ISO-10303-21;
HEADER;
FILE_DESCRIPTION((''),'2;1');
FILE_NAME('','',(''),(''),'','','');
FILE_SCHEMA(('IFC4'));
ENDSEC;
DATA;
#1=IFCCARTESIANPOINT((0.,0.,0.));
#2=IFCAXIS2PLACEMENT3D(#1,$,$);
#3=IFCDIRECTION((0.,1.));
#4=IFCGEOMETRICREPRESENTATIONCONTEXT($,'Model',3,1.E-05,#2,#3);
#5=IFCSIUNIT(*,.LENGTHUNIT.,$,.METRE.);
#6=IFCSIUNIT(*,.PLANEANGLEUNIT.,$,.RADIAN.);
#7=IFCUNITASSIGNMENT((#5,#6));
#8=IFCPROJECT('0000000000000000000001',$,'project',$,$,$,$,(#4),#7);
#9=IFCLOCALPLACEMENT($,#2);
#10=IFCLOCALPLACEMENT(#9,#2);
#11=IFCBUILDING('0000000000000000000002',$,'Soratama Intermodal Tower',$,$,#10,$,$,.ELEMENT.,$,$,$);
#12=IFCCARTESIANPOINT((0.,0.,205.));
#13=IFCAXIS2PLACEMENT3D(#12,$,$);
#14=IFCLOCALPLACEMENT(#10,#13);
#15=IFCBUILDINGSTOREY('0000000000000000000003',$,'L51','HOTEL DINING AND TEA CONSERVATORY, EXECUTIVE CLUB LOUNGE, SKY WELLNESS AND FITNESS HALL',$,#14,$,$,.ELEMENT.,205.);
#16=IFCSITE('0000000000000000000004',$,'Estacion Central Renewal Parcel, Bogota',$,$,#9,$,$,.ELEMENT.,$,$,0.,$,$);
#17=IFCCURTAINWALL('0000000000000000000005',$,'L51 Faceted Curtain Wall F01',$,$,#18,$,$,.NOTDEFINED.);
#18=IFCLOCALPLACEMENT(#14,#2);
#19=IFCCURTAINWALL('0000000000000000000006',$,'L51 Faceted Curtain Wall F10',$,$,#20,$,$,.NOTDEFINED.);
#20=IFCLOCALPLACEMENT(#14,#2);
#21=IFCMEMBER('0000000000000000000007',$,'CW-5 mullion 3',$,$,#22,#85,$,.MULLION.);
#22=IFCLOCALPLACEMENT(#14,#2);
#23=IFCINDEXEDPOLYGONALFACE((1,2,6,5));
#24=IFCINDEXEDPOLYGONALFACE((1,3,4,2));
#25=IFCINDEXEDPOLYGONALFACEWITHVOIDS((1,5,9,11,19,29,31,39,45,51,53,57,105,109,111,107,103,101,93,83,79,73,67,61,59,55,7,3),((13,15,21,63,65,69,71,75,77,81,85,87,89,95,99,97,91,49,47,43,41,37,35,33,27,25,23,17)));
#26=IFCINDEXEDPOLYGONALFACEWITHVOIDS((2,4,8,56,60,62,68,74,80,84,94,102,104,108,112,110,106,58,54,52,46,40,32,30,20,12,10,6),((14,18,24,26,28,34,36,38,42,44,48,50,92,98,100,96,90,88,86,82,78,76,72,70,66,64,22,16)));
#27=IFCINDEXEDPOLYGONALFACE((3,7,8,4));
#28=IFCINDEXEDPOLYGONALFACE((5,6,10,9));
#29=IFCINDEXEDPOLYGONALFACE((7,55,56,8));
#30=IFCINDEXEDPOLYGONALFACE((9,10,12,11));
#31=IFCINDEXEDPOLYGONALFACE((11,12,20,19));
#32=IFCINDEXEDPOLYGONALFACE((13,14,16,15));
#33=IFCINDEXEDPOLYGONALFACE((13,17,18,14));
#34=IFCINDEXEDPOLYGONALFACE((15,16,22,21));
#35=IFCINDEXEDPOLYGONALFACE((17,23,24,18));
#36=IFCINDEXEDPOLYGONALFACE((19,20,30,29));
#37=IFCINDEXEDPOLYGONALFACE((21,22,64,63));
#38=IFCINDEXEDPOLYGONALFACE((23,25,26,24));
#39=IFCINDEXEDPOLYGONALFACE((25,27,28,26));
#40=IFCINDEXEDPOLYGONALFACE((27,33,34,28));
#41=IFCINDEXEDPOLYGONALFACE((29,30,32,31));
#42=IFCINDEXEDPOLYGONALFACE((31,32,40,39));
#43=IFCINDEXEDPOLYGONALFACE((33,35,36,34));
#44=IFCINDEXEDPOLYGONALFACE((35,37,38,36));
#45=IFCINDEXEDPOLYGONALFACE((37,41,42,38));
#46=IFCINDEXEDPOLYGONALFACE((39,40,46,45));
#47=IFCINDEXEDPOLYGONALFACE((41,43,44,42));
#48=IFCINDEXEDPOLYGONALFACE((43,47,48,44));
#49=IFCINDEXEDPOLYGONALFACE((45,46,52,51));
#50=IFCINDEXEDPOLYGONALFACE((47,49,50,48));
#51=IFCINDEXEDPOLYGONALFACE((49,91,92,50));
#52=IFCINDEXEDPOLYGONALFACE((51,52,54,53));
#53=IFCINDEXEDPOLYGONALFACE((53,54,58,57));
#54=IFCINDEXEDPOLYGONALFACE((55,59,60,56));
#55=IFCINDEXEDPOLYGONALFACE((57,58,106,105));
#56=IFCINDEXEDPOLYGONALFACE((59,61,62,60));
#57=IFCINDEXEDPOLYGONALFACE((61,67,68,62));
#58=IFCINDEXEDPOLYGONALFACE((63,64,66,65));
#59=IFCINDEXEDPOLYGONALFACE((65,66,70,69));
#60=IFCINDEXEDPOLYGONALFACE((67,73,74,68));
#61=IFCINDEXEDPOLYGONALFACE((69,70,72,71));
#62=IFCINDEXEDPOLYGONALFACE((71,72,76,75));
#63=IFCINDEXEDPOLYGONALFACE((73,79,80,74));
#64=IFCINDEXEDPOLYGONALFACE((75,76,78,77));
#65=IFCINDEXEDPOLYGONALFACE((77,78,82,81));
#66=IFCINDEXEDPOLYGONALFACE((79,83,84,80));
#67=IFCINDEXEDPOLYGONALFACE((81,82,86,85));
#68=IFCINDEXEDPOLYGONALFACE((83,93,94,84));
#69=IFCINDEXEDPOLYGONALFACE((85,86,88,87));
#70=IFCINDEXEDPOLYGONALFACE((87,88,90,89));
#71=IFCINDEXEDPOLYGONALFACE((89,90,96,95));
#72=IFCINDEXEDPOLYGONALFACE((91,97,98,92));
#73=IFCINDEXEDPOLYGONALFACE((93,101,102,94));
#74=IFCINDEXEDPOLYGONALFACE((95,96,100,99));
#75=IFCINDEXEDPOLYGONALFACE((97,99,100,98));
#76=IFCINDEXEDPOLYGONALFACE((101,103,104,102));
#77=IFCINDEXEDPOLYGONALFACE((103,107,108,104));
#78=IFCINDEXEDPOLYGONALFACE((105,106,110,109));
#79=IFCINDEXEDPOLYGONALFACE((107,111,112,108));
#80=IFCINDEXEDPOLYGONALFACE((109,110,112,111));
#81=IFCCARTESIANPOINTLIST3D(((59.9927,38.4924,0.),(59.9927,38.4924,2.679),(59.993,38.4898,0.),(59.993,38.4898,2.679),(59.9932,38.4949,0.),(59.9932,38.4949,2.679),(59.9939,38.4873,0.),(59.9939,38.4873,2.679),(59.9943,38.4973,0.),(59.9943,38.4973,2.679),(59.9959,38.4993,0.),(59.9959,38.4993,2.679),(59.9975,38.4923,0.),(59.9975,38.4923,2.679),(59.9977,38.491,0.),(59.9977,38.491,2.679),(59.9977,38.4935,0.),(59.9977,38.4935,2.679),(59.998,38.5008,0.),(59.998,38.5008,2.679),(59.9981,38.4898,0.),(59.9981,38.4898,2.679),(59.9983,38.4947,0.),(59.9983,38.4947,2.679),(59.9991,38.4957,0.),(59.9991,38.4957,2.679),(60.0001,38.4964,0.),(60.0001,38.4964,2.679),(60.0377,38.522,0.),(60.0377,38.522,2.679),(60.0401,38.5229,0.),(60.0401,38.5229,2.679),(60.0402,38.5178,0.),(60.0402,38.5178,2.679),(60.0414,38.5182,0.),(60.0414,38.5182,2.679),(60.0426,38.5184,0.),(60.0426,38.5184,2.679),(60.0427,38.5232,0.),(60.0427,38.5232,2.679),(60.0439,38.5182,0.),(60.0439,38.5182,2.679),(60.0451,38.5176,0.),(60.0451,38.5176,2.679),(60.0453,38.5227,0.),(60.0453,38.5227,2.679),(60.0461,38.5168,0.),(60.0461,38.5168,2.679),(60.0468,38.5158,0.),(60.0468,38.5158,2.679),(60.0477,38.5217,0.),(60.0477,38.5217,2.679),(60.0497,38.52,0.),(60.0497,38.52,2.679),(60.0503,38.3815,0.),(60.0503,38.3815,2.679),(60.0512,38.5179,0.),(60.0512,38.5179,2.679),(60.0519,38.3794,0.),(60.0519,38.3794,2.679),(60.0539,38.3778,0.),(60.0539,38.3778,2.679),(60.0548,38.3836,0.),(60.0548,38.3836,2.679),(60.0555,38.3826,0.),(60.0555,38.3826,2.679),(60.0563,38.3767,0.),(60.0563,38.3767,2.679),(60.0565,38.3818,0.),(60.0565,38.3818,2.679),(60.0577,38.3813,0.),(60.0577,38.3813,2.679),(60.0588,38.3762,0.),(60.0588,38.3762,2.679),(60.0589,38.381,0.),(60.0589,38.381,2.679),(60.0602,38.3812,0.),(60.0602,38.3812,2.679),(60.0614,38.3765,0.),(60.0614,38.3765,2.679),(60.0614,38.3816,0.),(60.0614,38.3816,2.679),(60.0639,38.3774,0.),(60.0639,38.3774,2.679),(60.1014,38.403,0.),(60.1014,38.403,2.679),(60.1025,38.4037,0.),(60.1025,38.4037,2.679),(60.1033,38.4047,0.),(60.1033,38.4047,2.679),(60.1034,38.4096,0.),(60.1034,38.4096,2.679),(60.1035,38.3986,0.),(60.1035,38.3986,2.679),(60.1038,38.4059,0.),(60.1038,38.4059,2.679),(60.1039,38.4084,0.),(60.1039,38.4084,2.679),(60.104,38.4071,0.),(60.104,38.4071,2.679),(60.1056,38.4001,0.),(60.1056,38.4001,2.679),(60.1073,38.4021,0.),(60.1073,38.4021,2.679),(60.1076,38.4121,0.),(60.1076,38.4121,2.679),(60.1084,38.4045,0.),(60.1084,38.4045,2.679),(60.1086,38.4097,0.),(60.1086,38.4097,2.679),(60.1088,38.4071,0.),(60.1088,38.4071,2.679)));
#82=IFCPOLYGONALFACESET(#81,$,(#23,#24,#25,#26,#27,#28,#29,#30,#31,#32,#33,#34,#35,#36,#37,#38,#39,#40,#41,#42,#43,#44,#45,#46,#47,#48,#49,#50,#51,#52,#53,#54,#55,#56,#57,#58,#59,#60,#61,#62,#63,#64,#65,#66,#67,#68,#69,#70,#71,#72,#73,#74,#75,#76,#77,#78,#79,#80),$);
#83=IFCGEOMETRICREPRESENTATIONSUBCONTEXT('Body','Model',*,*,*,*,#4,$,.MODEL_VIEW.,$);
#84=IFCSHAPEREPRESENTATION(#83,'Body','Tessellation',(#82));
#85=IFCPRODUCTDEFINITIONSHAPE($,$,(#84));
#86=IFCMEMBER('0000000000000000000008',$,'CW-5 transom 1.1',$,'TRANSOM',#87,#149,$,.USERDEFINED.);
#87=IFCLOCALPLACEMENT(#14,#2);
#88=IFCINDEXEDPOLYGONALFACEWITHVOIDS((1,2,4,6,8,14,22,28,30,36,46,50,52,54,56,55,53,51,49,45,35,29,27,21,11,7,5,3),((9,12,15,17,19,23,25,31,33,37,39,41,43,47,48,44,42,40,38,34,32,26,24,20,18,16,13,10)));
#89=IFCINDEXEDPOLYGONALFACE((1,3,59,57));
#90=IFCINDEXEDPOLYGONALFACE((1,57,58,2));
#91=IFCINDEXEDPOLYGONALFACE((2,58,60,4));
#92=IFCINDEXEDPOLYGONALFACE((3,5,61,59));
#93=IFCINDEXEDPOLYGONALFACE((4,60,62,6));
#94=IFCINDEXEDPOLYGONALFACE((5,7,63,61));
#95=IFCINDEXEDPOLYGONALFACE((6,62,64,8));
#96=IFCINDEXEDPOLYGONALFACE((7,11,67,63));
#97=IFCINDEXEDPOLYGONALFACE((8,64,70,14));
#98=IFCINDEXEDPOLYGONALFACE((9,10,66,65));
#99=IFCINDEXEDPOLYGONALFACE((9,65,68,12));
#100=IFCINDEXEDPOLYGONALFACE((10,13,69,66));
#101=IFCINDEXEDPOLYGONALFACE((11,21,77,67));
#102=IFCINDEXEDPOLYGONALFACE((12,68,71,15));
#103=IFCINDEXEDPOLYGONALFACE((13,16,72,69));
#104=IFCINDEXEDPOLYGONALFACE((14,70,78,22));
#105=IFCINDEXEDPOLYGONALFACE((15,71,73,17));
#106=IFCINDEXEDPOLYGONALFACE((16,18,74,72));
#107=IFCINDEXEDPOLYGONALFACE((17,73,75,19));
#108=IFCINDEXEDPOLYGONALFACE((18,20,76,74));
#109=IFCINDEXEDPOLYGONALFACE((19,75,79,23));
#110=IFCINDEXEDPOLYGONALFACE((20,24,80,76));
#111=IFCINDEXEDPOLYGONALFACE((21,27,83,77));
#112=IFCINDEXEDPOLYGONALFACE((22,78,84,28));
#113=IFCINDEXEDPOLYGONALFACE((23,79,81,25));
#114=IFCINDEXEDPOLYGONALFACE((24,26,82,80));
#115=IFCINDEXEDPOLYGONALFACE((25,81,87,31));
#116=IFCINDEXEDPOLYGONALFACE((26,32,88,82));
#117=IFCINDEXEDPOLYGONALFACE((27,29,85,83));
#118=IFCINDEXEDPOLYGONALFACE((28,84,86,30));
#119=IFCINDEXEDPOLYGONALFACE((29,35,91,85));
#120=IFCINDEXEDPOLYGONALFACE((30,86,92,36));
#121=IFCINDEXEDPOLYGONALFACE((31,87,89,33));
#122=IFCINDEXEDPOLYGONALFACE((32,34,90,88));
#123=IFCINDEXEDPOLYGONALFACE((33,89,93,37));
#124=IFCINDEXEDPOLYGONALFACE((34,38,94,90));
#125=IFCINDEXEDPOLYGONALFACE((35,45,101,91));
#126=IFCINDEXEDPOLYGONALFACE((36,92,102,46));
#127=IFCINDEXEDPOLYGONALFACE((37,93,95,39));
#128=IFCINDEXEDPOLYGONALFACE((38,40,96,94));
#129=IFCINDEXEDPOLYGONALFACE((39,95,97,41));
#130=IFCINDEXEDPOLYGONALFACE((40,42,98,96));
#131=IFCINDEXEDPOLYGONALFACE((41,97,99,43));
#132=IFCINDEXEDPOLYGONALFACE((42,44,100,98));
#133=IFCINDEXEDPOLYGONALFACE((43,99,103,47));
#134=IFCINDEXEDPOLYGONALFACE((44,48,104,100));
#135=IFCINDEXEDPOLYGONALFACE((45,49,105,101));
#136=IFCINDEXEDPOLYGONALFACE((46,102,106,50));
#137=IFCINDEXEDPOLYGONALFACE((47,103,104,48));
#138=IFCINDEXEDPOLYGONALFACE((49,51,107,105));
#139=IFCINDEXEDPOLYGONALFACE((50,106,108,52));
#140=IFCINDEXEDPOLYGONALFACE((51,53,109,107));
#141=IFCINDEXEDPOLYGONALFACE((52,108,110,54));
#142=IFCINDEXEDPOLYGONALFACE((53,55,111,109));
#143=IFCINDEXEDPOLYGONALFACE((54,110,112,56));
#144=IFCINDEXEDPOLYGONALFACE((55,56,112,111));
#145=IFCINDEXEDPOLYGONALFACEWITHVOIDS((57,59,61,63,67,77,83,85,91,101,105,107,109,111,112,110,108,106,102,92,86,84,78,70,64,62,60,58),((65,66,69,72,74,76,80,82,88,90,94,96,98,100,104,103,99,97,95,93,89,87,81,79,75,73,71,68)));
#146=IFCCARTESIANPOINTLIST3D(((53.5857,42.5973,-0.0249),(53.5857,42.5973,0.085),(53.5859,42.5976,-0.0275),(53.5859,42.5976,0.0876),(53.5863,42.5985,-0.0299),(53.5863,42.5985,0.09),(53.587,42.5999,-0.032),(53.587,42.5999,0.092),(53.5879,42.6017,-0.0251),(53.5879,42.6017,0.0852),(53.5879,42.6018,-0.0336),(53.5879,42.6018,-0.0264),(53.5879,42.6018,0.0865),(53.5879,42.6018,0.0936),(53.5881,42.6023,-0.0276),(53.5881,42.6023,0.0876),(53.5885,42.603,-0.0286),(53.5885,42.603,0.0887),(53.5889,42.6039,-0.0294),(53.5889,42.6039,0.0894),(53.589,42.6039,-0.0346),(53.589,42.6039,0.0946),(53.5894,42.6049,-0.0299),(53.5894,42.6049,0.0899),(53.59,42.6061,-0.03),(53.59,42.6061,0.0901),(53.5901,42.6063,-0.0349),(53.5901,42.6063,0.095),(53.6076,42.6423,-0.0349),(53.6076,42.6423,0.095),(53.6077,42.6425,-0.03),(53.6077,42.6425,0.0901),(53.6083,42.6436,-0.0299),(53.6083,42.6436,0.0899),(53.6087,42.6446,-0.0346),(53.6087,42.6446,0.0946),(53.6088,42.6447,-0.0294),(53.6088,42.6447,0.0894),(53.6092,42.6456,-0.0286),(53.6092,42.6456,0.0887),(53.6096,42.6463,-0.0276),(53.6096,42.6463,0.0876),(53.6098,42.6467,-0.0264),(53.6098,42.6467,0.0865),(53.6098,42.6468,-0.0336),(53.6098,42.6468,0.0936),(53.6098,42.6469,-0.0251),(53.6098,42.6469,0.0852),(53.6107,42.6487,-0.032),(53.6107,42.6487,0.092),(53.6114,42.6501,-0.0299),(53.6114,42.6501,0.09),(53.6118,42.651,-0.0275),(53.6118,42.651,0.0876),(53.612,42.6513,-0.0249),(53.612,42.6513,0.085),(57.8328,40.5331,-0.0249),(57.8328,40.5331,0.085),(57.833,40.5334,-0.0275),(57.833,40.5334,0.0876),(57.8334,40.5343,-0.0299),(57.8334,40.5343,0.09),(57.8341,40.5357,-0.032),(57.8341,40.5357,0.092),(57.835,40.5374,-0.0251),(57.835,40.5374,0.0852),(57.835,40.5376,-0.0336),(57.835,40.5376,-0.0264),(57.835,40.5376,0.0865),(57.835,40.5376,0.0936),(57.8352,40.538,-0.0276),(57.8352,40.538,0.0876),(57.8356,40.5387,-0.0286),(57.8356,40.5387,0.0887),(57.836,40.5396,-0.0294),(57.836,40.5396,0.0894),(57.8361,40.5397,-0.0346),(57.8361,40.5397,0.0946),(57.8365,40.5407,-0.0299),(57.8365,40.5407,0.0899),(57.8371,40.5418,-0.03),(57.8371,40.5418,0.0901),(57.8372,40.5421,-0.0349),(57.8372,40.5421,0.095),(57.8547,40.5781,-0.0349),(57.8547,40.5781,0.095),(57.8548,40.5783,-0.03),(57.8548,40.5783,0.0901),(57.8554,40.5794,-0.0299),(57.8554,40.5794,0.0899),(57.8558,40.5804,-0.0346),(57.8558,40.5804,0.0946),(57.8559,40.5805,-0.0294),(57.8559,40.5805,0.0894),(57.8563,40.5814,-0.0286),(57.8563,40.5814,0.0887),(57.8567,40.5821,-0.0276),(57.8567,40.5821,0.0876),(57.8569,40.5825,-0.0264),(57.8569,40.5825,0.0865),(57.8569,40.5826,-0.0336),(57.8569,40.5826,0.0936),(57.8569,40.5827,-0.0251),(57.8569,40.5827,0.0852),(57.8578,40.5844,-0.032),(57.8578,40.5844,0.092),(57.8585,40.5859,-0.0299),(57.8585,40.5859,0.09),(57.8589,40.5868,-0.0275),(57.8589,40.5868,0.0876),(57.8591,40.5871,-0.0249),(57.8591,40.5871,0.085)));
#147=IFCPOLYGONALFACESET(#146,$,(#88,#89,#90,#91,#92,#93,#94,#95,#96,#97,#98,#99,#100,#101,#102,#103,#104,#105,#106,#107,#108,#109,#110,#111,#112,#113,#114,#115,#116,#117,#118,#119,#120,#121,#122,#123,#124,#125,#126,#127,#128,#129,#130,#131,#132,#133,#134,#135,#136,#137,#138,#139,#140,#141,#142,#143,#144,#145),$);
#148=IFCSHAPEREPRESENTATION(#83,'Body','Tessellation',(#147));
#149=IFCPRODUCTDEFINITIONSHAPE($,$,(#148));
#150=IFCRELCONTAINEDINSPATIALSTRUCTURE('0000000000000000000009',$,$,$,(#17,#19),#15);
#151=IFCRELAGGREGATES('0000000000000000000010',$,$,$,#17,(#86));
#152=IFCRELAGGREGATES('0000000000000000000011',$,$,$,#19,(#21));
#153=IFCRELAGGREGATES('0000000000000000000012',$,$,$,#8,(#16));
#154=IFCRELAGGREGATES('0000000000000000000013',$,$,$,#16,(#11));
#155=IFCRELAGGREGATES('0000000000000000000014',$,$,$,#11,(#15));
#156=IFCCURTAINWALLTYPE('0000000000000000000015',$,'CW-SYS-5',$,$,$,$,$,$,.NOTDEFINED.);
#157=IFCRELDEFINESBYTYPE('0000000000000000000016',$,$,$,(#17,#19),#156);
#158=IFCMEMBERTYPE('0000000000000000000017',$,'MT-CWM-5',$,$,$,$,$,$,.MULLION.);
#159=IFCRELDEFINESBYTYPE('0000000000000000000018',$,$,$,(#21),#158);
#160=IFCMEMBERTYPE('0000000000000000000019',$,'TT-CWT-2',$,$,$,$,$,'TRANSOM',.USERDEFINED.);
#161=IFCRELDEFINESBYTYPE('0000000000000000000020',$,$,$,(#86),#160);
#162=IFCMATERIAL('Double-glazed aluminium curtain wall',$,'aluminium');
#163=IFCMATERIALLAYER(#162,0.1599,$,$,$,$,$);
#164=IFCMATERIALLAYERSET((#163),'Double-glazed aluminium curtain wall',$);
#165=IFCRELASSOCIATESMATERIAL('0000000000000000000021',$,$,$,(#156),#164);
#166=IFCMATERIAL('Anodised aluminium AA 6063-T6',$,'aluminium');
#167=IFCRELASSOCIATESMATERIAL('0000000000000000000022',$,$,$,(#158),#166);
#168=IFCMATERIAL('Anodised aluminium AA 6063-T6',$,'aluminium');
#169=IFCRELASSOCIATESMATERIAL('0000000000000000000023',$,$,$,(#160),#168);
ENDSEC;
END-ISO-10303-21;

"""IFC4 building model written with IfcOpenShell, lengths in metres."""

from ifc_helpers import new_model, si_unit, direction, frame, origin, origin_2d, place, context, subcontext, project, spatial, hollow_rectangle, extrude, material, layer, layer_set, material_profile, profile_set, type_object, element, aggregate, save


model = new_model("IFC4")

# Units and contexts
model_context = context("Model", 3, precision=1e-05, world=origin(), true_north=direction((0.0, 1.0)))
body_context = subcontext(model_context, "Body", "Model", "MODEL_VIEW")
ifc_project = project(units=[si_unit("LENGTHUNIT", "METRE"), si_unit("PLANEANGLEUNIT", "RADIAN")], contexts=[model_context])

# Site, building, storey
site_placement = place(None, origin())
site = spatial("IfcSite", under=ifc_project, at=site_placement, Name="Estacion Central Renewal Parcel, Bogota", CompositionType="ELEMENT", RefElevation=0.0)
building_placement = place(site_placement, origin())
building = spatial("IfcBuilding", under=site, at=building_placement, Name="Soratama Intermodal Tower", CompositionType="ELEMENT")
storey_placement = place(building_placement, frame((0.0, 0.0, 205.0)))
storey = spatial("IfcBuildingStorey", under=building, at=storey_placement, Name="L51", Description="HOTEL DINING AND TEA CONSERVATORY, EXECUTIVE CLUB LOUNGE, SKY WELLNESS AND FITNESS HALL", CompositionType="ELEMENT", Elevation=205.0)

# Curtain wall
ifc_material_1 = material(Name="Double-glazed aluminium curtain wall", Category="aluminium")
ifc_layer_1 = layer(ifc_material_1, 0.1599)
ifc_layer_set_1 = layer_set([ifc_layer_1], Name="Double-glazed aluminium curtain wall")
curtain_wall_type = type_object("IfcCurtainWallType", Name="CW-SYS-5", PredefinedType="NOTDEFINED", material=ifc_layer_set_1)
curtain_wall_1_placement = place(storey_placement, origin())
curtain_wall_1 = element("IfcCurtainWall", 1, at=curtain_wall_1_placement, inside=storey, type_object=curtain_wall_type, Name="L51 Faceted Curtain Wall F01", PredefinedType="NOTDEFINED")
ifc_material_2 = material(Name="Anodised aluminium AA 6063-T6", Category="aluminium")
ifc_material_profile_1 = material_profile(ifc_material_2, hollow_rectangle(XDim=0.0649, YDim=0.1399, WallThickness=0.0049, InnerFilletRadius=0.0049, OuterFilletRadius=0.01, at=origin_2d()), Name="CWM140X65X5")
ifc_profile_set_1 = profile_set([ifc_material_profile_1], Name="Anodised aluminium AA 6063-T6")
member_type_1 = type_object("IfcMemberType", Name="MT-CWM-5", PredefinedType="MULLION", material=ifc_profile_set_1)

# Curtain wall, member
curtain_wall_2_placement = place(storey_placement, origin())
curtain_wall_2 = element("IfcCurtainWall", 2, at=curtain_wall_2_placement, inside=storey, type_object=curtain_wall_type, Name="L51 Faceted Curtain Wall F10", PredefinedType="NOTDEFINED")
member_1_placement = place(storey_placement, frame((60.0508, 38.4497, 0.0), z_axis=(0.0, 0.0, 1.0), x_axis=(-0.88229, -0.470706, 0.0)))
member_1 = element("IfcMember", 3, at=member_1_placement, type_object=member_type_1, Name="CW-5 mullion 3", PredefinedType="MULLION", context=body_context, shape_type="SweptSolid", body=[
    extrude(hollow_rectangle(XDim=0.0649, YDim=0.1399, WallThickness=0.0049, InnerFilletRadius=0.0049, OuterFilletRadius=0.01, at=origin_2d()), origin(), (0.0, 0.0, 1.0), 2.679),
])

# Member
ifc_material_3 = material(Name="Anodised aluminium AA 6063-T6", Category="aluminium")
ifc_material_profile_2 = material_profile(ifc_material_3, hollow_rectangle(XDim=0.0601, YDim=0.1299, WallThickness=0.0049, InnerFilletRadius=0.0049, OuterFilletRadius=0.01, at=origin_2d()), Name="CWT130X60X5")
ifc_profile_set_2 = profile_set([ifc_material_profile_2], Name="Anodised aluminium AA 6063-T6")
member_type_2 = type_object("IfcMemberType", Name="TT-CWT-2", ElementType="TRANSOM", PredefinedType="USERDEFINED", material=ifc_profile_set_2)
member_2_placement = place(storey_placement, frame((57.8459, 40.5601, 0.03), z_axis=(-0.899396, 0.437135, 0.0), x_axis=(-0.437135, -0.899396, 0.0)))
member_2 = element("IfcMember", 4, at=member_2_placement, type_object=member_type_2, Name="CW-5 transom 1.1", ObjectType="TRANSOM", PredefinedType="USERDEFINED", context=body_context, shape_type="SweptSolid", body=[
    extrude(hollow_rectangle(XDim=0.0601, YDim=0.1299, WallThickness=0.0049, InnerFilletRadius=0.0049, OuterFilletRadius=0.01, at=origin_2d()), origin(), (0.0, 0.0, 1.0), 4.7222),
])

aggregate(curtain_wall_1, [member_2])
aggregate(curtain_wall_2, [member_1])

save(model, "model.ifc")
